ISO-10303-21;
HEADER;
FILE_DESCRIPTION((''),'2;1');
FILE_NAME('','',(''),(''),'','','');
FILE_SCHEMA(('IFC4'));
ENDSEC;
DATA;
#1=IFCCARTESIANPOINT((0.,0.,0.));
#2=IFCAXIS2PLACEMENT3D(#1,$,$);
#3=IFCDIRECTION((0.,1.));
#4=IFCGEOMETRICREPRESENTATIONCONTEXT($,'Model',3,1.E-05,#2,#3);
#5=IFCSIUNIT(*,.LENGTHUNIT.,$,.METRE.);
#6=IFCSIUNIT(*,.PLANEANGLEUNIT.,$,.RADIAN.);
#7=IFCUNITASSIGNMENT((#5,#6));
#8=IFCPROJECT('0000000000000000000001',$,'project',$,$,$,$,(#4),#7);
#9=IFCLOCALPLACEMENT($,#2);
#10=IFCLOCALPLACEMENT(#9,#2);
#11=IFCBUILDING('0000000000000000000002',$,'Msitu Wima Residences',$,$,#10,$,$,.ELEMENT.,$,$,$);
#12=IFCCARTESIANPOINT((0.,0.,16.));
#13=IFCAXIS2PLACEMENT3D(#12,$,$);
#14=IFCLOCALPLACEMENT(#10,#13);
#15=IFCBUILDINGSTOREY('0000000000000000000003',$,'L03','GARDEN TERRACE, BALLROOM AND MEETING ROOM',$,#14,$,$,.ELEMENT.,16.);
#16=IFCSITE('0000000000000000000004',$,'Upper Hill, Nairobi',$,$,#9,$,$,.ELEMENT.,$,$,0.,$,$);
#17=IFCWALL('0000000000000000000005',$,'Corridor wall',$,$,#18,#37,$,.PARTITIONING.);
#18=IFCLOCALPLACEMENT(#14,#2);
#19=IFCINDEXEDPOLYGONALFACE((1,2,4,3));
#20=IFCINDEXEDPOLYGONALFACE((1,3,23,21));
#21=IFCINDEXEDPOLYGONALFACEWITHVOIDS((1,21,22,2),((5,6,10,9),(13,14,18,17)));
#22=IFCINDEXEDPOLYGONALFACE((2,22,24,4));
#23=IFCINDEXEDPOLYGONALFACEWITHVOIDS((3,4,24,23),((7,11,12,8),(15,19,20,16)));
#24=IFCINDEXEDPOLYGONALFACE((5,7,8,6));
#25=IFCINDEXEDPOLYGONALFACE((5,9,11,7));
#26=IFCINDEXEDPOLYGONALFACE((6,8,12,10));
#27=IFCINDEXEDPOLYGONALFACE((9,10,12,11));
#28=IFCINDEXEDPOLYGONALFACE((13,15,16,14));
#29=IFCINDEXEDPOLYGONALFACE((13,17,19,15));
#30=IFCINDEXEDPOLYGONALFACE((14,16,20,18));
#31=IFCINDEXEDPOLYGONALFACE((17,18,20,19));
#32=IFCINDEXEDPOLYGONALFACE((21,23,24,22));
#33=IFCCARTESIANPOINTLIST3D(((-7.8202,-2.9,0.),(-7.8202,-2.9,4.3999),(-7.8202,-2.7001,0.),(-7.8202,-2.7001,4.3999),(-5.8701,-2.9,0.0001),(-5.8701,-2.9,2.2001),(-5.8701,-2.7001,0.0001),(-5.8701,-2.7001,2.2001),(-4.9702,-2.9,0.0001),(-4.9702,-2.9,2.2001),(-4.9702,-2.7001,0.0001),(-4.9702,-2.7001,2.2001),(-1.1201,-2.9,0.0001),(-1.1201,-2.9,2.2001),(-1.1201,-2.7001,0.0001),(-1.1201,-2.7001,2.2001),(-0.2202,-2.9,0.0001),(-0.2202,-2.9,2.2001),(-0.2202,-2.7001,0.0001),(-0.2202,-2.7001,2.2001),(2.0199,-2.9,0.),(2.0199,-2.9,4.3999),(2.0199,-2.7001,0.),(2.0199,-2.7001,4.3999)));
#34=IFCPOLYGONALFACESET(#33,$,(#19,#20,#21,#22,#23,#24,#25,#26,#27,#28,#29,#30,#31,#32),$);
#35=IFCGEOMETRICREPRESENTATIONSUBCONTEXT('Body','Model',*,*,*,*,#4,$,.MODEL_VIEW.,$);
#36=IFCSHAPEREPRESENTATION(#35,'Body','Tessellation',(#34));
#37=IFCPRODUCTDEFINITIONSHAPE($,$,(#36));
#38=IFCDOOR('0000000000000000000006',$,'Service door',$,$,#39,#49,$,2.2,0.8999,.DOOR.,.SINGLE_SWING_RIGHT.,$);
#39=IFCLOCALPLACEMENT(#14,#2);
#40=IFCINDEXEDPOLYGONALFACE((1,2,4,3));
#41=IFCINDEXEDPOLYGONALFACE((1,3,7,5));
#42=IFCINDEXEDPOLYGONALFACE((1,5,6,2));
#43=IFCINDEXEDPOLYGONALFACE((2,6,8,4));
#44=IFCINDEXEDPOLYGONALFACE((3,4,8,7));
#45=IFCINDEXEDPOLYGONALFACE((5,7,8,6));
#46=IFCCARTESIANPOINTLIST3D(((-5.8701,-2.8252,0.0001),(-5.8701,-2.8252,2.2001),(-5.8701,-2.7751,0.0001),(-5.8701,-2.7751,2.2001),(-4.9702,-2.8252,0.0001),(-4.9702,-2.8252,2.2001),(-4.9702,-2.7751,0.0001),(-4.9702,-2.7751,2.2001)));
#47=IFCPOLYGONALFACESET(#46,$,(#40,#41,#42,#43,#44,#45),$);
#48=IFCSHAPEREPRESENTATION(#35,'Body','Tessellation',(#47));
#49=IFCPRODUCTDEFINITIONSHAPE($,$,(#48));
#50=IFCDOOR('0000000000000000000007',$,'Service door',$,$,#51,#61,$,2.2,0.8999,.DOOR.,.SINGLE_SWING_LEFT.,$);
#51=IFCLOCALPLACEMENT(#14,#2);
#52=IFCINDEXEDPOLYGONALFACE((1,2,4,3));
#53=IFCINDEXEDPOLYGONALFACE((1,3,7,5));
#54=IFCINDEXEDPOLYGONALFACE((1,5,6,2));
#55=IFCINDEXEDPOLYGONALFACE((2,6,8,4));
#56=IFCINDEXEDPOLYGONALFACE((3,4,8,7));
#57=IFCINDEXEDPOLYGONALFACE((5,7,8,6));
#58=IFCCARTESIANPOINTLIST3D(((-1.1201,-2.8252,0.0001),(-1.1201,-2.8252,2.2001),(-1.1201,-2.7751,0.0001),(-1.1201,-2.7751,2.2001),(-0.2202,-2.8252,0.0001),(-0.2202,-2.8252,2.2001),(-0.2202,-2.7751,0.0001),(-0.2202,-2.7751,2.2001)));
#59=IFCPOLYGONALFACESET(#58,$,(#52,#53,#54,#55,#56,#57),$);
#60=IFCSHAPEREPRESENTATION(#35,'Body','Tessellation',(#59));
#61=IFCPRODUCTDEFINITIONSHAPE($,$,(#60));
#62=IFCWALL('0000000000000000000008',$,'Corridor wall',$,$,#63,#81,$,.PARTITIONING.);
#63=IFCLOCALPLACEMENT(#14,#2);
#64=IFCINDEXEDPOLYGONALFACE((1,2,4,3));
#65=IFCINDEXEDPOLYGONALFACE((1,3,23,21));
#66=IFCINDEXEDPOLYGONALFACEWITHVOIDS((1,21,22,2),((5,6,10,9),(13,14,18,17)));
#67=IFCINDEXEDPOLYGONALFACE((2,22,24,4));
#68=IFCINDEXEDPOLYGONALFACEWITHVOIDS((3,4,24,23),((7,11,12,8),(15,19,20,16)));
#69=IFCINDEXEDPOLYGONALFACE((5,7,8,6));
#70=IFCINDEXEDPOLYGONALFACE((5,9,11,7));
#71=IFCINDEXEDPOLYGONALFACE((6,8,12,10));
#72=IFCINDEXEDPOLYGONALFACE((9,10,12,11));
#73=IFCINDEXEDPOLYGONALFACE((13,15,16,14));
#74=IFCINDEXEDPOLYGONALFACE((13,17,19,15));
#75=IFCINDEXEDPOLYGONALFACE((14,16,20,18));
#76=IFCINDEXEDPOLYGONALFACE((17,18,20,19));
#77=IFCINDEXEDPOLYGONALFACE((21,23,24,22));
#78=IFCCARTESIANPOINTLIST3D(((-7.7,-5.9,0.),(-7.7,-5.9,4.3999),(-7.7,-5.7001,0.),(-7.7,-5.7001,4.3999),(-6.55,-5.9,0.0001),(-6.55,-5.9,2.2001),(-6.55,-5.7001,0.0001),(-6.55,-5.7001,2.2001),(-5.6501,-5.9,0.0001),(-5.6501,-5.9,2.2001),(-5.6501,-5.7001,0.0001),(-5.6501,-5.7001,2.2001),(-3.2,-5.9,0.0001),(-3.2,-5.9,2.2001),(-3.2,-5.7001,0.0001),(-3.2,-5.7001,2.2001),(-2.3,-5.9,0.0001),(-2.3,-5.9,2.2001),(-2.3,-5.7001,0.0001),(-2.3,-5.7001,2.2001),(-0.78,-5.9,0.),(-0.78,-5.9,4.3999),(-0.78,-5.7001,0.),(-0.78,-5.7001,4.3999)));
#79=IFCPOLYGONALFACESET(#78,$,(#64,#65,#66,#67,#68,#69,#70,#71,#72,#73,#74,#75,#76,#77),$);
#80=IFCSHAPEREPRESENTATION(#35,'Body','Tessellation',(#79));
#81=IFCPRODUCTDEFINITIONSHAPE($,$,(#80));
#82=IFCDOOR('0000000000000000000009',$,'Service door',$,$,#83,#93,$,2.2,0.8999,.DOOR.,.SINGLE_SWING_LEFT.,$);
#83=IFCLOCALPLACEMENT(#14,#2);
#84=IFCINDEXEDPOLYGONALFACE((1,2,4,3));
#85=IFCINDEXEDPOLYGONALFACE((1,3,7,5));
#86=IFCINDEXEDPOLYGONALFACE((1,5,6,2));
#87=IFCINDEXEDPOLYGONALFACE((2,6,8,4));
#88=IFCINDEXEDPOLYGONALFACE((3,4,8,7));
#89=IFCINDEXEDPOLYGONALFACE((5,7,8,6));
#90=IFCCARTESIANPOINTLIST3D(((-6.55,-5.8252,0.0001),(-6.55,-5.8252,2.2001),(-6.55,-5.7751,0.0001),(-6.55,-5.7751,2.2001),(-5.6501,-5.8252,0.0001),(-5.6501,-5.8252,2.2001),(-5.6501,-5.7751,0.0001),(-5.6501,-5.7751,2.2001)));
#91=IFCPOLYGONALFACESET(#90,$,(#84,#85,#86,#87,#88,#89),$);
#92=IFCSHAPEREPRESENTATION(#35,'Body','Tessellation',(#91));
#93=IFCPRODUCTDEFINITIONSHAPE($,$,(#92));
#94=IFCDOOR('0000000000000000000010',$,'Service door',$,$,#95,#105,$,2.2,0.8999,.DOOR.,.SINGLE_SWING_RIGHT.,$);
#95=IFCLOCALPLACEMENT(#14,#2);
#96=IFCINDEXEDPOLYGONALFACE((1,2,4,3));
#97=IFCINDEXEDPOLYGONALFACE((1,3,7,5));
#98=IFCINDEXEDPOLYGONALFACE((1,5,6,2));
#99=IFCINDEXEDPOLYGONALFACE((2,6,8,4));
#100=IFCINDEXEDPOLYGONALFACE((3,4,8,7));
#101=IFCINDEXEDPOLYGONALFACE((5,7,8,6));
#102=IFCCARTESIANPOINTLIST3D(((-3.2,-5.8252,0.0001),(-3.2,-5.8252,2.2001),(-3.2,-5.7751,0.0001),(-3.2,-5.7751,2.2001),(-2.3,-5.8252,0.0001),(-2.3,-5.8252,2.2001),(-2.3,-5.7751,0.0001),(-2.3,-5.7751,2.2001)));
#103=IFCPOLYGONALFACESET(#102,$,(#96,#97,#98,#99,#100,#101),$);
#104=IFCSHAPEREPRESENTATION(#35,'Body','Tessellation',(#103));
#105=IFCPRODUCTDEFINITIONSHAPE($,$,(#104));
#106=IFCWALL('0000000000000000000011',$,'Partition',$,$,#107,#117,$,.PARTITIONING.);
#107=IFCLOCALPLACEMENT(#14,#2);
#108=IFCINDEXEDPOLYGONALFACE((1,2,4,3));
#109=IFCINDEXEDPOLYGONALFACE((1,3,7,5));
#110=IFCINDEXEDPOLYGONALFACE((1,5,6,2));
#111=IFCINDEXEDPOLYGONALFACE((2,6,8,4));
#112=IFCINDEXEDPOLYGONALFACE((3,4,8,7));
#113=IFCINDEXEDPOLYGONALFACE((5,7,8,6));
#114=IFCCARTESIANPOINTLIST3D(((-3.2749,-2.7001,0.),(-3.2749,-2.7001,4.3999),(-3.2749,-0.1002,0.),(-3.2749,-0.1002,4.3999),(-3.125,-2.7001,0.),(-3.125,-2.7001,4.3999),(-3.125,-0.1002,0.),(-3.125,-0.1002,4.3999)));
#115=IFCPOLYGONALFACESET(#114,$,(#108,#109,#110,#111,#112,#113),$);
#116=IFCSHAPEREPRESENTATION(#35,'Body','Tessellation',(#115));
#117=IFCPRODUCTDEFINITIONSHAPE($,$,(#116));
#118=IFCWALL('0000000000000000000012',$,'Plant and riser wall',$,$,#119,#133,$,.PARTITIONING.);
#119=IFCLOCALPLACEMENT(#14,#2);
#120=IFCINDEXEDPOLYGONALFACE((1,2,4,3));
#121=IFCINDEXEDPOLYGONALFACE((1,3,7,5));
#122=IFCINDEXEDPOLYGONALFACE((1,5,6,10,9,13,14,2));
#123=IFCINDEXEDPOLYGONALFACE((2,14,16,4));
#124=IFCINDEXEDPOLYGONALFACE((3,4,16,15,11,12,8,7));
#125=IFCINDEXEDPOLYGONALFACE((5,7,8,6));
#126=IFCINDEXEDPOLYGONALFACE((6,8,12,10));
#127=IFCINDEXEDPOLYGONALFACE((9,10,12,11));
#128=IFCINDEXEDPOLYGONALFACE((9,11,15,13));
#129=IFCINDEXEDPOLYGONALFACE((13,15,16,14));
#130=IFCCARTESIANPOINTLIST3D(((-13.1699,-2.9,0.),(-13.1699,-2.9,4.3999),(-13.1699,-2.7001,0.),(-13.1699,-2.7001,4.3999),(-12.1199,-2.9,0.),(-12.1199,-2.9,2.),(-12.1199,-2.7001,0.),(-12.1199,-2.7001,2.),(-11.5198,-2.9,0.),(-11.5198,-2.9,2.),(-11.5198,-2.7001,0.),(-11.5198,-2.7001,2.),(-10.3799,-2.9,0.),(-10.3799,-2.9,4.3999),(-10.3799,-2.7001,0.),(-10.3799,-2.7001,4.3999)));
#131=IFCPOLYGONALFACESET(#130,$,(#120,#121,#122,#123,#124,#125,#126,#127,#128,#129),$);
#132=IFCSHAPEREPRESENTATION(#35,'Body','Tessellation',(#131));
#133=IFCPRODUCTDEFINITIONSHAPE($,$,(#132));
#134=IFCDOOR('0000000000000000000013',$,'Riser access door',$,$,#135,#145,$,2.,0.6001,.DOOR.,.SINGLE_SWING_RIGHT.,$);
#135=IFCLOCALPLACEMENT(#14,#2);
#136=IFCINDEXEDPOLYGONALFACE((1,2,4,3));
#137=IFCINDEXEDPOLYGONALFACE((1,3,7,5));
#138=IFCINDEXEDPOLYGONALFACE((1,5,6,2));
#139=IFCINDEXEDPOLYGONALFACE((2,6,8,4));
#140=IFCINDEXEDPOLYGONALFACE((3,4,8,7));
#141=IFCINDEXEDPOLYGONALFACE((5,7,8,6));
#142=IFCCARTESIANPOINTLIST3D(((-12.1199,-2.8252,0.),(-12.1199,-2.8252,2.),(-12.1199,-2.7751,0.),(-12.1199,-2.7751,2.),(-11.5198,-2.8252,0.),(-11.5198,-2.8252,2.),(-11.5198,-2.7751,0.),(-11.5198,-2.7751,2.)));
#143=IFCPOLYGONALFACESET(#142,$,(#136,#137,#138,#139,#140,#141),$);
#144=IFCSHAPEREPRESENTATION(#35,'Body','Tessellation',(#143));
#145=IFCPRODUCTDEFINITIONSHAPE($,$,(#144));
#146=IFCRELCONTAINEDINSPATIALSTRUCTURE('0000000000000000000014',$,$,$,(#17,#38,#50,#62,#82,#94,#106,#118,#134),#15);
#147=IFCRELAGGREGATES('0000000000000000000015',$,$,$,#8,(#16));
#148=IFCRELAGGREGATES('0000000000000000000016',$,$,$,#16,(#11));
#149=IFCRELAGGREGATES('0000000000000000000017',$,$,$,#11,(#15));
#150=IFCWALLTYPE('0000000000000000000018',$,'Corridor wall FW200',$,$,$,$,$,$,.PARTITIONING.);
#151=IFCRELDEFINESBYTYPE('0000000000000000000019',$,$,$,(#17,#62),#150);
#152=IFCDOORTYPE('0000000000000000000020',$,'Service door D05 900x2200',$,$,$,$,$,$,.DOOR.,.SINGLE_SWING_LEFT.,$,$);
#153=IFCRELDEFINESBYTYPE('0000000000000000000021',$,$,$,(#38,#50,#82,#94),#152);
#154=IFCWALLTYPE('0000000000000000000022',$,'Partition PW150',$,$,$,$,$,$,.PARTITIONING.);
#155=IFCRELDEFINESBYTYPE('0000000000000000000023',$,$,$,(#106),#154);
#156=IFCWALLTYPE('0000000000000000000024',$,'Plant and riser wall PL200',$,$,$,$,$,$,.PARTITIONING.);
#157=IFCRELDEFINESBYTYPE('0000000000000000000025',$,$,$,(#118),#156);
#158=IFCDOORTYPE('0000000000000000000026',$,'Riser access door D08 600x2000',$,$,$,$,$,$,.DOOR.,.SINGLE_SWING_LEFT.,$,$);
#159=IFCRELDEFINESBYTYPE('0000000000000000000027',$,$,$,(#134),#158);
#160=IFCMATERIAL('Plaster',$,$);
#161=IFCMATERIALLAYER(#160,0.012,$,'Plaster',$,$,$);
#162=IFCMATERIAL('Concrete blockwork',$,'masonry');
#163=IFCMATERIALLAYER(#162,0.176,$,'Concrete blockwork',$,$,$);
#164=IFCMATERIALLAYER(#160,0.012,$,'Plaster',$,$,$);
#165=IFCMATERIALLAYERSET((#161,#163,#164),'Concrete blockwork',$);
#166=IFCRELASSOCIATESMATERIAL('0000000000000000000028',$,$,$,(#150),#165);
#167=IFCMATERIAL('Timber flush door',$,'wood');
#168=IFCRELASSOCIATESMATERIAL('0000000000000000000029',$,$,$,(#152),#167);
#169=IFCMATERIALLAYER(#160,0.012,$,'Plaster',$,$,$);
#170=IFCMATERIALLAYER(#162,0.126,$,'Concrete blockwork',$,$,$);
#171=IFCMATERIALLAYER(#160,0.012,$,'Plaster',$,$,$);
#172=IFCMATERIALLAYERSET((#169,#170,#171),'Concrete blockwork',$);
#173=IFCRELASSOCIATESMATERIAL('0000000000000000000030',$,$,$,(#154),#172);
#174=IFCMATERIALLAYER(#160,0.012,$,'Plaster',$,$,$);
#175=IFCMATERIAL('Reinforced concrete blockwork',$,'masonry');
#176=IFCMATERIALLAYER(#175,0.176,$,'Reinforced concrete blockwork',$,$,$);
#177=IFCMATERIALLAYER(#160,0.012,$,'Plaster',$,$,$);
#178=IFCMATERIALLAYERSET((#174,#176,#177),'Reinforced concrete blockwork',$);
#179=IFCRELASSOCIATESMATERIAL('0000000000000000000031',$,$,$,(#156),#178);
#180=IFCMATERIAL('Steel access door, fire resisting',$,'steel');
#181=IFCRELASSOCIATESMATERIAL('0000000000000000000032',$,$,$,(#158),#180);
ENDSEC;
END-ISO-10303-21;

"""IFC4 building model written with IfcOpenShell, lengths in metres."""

from ifc_helpers import new_model, si_unit, direction, frame, frame_2d, origin, place, context, subcontext, project, spatial, rectangle, extrude, material, layer, layer_set, type_object, element, fill, save


model = new_model("IFC4")

# Units and contexts
model_context = context("Model", 3, precision=1e-05, world=origin(), true_north=direction((0.0, 1.0)))
body_context = subcontext(model_context, "Body", "Model", "MODEL_VIEW")
ifc_project = project(units=[si_unit("LENGTHUNIT", "METRE"), si_unit("PLANEANGLEUNIT", "RADIAN")], contexts=[model_context])

# Site, building, storey
site_placement = place(None, origin())
site = spatial("IfcSite", under=ifc_project, at=site_placement, Name="Upper Hill, Nairobi", CompositionType="ELEMENT", RefElevation=0.0)
building_placement = place(site_placement, origin())
building = spatial("IfcBuilding", under=site, at=building_placement, Name="Msitu Wima Residences", CompositionType="ELEMENT")
storey_placement = place(building_placement, frame((0.0, 0.0, 16.0)))
storey = spatial("IfcBuildingStorey", under=building, at=storey_placement, Name="L03", Description="GARDEN TERRACE, BALLROOM AND MEETING ROOM", CompositionType="ELEMENT", Elevation=16.0)

# Wall, openings, doors
ifc_material_1 = material(Name="Plaster")
ifc_layer_1 = layer(ifc_material_1, 0.012, Name="Plaster")
ifc_material_2 = material(Name="Concrete blockwork", Category="masonry")
ifc_layer_2 = layer(ifc_material_2, 0.176, Name="Concrete blockwork")
ifc_layer_3 = layer(ifc_material_1, 0.012, Name="Plaster")
ifc_layer_set_1 = layer_set([ifc_layer_1, ifc_layer_2, ifc_layer_3], Name="Concrete blockwork")
wall_type_1 = type_object("IfcWallType", Name="Corridor wall FW200", PredefinedType="PARTITIONING", material=ifc_layer_set_1)
wall_1_placement = place(storey_placement, frame((-7.8201, -2.8, 0.0), z_axis=(0.0, 0.0, 1.0), x_axis=(1.0, 0.0, 0.0)))
wall_1 = element("IfcWall", 1, at=wall_1_placement, inside=storey, type_object=wall_type_1, Name="Corridor wall", PredefinedType="PARTITIONING", context=body_context, shape_type="SweptSolid", body=[
    extrude(rectangle(XDim=9.8401, YDim=0.2, at=frame_2d((4.9199, 0.0))), origin(), (0.0, 0.0, 1.0), 4.3999),
])
opening_1_placement = place(wall_1_placement, frame((1.95, 0.0, 0.0)))
opening_1 = element("IfcOpeningElement", 2, at=opening_1_placement, cuts=wall_1, PredefinedType="OPENING", context=body_context, shape_type="SweptSolid", body=[
    extrude(rectangle(XDim=0.8999, YDim=2.2, at=frame_2d((0.45, 1.1001))), frame((0.0, 0.1099, 0.0), z_axis=(0.0, -1.0, 0.0), x_axis=(1.0, 0.0, 0.0)), (0.0, 0.0, 1.0), 0.22),
])
opening_2_placement = place(wall_1_placement, frame((6.7, 0.0, 0.0)))
opening_2 = element("IfcOpeningElement", 3, at=opening_2_placement, cuts=wall_1, PredefinedType="OPENING", context=body_context, shape_type="SweptSolid", body=[
    extrude(rectangle(XDim=0.8999, YDim=2.2, at=frame_2d((0.45, 1.1001))), frame((0.0, 0.1099, 0.0), z_axis=(0.0, -1.0, 0.0), x_axis=(1.0, 0.0, 0.0)), (0.0, 0.0, 1.0), 0.22),
])
ifc_material_3 = material(Name="Timber flush door", Category="wood")
door_type_1 = type_object("IfcDoorType", Name="Service door D05 900x2200", OperationType="SINGLE_SWING_LEFT", PredefinedType="DOOR", material=ifc_material_3)
door_1_placement = place(opening_1_placement, origin())
door_1 = element("IfcDoor", 4, at=door_1_placement, inside=storey, type_object=door_type_1, Name="Service door", OperationType="SINGLE_SWING_RIGHT", OverallHeight=2.2, OverallWidth=0.8999, PredefinedType="DOOR", context=body_context, shape_type="SweptSolid", body=[
    extrude(rectangle(XDim=0.8999, YDim=2.2, at=frame_2d((0.45, 1.1001))), frame((0.0, 0.0249, 0.0), z_axis=(0.0, -1.0, 0.0), x_axis=(1.0, 0.0, 0.0)), (0.0, 0.0, 1.0), 0.05),
])
fill(opening_1, door_1)
door_2_placement = place(opening_2_placement, origin())
door_2 = element("IfcDoor", 5, at=door_2_placement, inside=storey, type_object=door_type_1, Name="Service door", OperationType="SINGLE_SWING_LEFT", OverallHeight=2.2, OverallWidth=0.8999, PredefinedType="DOOR", context=body_context, shape_type="SweptSolid", body=[
    extrude(rectangle(XDim=0.8999, YDim=2.2, at=frame_2d((0.45, 1.1001))), frame((0.0, 0.0249, 0.0), z_axis=(0.0, -1.0, 0.0), x_axis=(1.0, 0.0, 0.0)), (0.0, 0.0, 1.0), 0.05),
])
fill(opening_2, door_2)

# Wall, openings, doors
wall_2_placement = place(storey_placement, frame((-7.7, -5.8, 0.0), z_axis=(0.0, 0.0, 1.0), x_axis=(1.0, 0.0, 0.0)))
wall_2 = element("IfcWall", 6, at=wall_2_placement, inside=storey, type_object=wall_type_1, Name="Corridor wall", PredefinedType="PARTITIONING", context=body_context, shape_type="SweptSolid", body=[
    extrude(rectangle(XDim=6.9199, YDim=0.2, at=frame_2d((3.46, 0.0))), origin(), (0.0, 0.0, 1.0), 4.3999),
])
opening_3_placement = place(wall_2_placement, frame((1.1499, 0.0, 0.0)))
opening_3 = element("IfcOpeningElement", 7, at=opening_3_placement, cuts=wall_2, PredefinedType="OPENING", context=body_context, shape_type="SweptSolid", body=[
    extrude(rectangle(XDim=0.8999, YDim=2.2, at=frame_2d((0.45, 1.1001))), frame((0.0, 0.1099, 0.0), z_axis=(0.0, -1.0, 0.0), x_axis=(1.0, 0.0, 0.0)), (0.0, 0.0, 1.0), 0.22),
])
opening_4_placement = place(wall_2_placement, frame((4.5, 0.0, 0.0)))
opening_4 = element("IfcOpeningElement", 8, at=opening_4_placement, cuts=wall_2, PredefinedType="OPENING", context=body_context, shape_type="SweptSolid", body=[
    extrude(rectangle(XDim=0.8999, YDim=2.2, at=frame_2d((0.45, 1.1001))), frame((0.0, 0.1099, 0.0), z_axis=(0.0, -1.0, 0.0), x_axis=(1.0, 0.0, 0.0)), (0.0, 0.0, 1.0), 0.22),
])
door_3_placement = place(opening_3_placement, origin())
door_3 = element("IfcDoor", 9, at=door_3_placement, inside=storey, type_object=door_type_1, Name="Service door", OperationType="SINGLE_SWING_LEFT", OverallHeight=2.2, OverallWidth=0.8999, PredefinedType="DOOR", context=body_context, shape_type="SweptSolid", body=[
    extrude(rectangle(XDim=0.8999, YDim=2.2, at=frame_2d((0.45, 1.1001))), frame((0.0, 0.0249, 0.0), z_axis=(0.0, -1.0, 0.0), x_axis=(1.0, 0.0, 0.0)), (0.0, 0.0, 1.0), 0.05),
])
fill(opening_3, door_3)
door_4_placement = place(opening_4_placement, origin())
door_4 = element("IfcDoor", 10, at=door_4_placement, inside=storey, type_object=door_type_1, Name="Service door", OperationType="SINGLE_SWING_RIGHT", OverallHeight=2.2, OverallWidth=0.8999, PredefinedType="DOOR", context=body_context, shape_type="SweptSolid", body=[
    extrude(rectangle(XDim=0.8999, YDim=2.2, at=frame_2d((0.45, 1.1001))), frame((0.0, 0.0249, 0.0), z_axis=(0.0, -1.0, 0.0), x_axis=(1.0, 0.0, 0.0)), (0.0, 0.0, 1.0), 0.05),
])
fill(opening_4, door_4)

# Wall
ifc_layer_4 = layer(ifc_material_1, 0.012, Name="Plaster")
ifc_layer_5 = layer(ifc_material_2, 0.126, Name="Concrete blockwork")
ifc_layer_6 = layer(ifc_material_1, 0.012, Name="Plaster")
ifc_layer_set_2 = layer_set([ifc_layer_4, ifc_layer_5, ifc_layer_6], Name="Concrete blockwork")
wall_type_2 = type_object("IfcWallType", Name="Partition PW150", PredefinedType="PARTITIONING", material=ifc_layer_set_2)
wall_3_placement = place(storey_placement, frame((-3.2, -2.7, 0.0), z_axis=(0.0, 0.0, 1.0), x_axis=(0.0, 1.0, 0.0)))
element("IfcWall", 11, at=wall_3_placement, inside=storey, type_object=wall_type_2, Name="Partition", PredefinedType="PARTITIONING", context=body_context, shape_type="SweptSolid", body=[
    extrude(rectangle(XDim=2.5999, YDim=0.1499, at=frame_2d((1.2998, 0.0))), origin(), (0.0, 0.0, 1.0), 4.3999),
])

# Wall, opening, door
ifc_layer_7 = layer(ifc_material_1, 0.012, Name="Plaster")
ifc_material_4 = material(Name="Reinforced concrete blockwork", Category="masonry")
ifc_layer_8 = layer(ifc_material_4, 0.176, Name="Reinforced concrete blockwork")
ifc_layer_9 = layer(ifc_material_1, 0.012, Name="Plaster")
ifc_layer_set_3 = layer_set([ifc_layer_7, ifc_layer_8, ifc_layer_9], Name="Reinforced concrete blockwork")
wall_type_3 = type_object("IfcWallType", Name="Plant and riser wall PL200", PredefinedType="PARTITIONING", material=ifc_layer_set_3)
wall_4_placement = place(storey_placement, frame((-13.1699, -2.8, 0.0), z_axis=(0.0, 0.0, 1.0), x_axis=(1.0, 0.0, 0.0)))
wall_4 = element("IfcWall", 12, at=wall_4_placement, inside=storey, type_object=wall_type_3, Name="Plant and riser wall", PredefinedType="PARTITIONING", context=body_context, shape_type="SweptSolid", body=[
    extrude(rectangle(XDim=2.79, YDim=0.2, at=frame_2d((1.395, 0.0))), origin(), (0.0, 0.0, 1.0), 4.3999),
])
opening_5_placement = place(wall_4_placement, frame((1.05, 0.0, 0.0)))
opening_5 = element("IfcOpeningElement", 13, at=opening_5_placement, cuts=wall_4, PredefinedType="OPENING", context=body_context, shape_type="SweptSolid", body=[
    extrude(rectangle(XDim=0.6001, YDim=2.0, at=frame_2d((0.3, 1.0))), frame((0.0, 0.1099, 0.0), z_axis=(0.0, -1.0, 0.0), x_axis=(1.0, 0.0, 0.0)), (0.0, 0.0, 1.0), 0.22),
])
ifc_material_5 = material(Name="Steel access door, fire resisting", Category="steel")
door_type_2 = type_object("IfcDoorType", Name="Riser access door D08 600x2000", OperationType="SINGLE_SWING_LEFT", PredefinedType="DOOR", material=ifc_material_5)
door_5_placement = place(opening_5_placement, origin())
door_5 = element("IfcDoor", 14, at=door_5_placement, inside=storey, type_object=door_type_2, Name="Riser access door", OperationType="SINGLE_SWING_RIGHT", OverallHeight=2.0, OverallWidth=0.6001, PredefinedType="DOOR", context=body_context, shape_type="SweptSolid", body=[
    extrude(rectangle(XDim=0.6001, YDim=2.0, at=frame_2d((0.3, 1.0))), frame((0.0, 0.0249, 0.0), z_axis=(0.0, -1.0, 0.0), x_axis=(1.0, 0.0, 0.0)), (0.0, 0.0, 1.0), 0.05),
])
fill(opening_5, door_5)

save(model, "model.ifc")
